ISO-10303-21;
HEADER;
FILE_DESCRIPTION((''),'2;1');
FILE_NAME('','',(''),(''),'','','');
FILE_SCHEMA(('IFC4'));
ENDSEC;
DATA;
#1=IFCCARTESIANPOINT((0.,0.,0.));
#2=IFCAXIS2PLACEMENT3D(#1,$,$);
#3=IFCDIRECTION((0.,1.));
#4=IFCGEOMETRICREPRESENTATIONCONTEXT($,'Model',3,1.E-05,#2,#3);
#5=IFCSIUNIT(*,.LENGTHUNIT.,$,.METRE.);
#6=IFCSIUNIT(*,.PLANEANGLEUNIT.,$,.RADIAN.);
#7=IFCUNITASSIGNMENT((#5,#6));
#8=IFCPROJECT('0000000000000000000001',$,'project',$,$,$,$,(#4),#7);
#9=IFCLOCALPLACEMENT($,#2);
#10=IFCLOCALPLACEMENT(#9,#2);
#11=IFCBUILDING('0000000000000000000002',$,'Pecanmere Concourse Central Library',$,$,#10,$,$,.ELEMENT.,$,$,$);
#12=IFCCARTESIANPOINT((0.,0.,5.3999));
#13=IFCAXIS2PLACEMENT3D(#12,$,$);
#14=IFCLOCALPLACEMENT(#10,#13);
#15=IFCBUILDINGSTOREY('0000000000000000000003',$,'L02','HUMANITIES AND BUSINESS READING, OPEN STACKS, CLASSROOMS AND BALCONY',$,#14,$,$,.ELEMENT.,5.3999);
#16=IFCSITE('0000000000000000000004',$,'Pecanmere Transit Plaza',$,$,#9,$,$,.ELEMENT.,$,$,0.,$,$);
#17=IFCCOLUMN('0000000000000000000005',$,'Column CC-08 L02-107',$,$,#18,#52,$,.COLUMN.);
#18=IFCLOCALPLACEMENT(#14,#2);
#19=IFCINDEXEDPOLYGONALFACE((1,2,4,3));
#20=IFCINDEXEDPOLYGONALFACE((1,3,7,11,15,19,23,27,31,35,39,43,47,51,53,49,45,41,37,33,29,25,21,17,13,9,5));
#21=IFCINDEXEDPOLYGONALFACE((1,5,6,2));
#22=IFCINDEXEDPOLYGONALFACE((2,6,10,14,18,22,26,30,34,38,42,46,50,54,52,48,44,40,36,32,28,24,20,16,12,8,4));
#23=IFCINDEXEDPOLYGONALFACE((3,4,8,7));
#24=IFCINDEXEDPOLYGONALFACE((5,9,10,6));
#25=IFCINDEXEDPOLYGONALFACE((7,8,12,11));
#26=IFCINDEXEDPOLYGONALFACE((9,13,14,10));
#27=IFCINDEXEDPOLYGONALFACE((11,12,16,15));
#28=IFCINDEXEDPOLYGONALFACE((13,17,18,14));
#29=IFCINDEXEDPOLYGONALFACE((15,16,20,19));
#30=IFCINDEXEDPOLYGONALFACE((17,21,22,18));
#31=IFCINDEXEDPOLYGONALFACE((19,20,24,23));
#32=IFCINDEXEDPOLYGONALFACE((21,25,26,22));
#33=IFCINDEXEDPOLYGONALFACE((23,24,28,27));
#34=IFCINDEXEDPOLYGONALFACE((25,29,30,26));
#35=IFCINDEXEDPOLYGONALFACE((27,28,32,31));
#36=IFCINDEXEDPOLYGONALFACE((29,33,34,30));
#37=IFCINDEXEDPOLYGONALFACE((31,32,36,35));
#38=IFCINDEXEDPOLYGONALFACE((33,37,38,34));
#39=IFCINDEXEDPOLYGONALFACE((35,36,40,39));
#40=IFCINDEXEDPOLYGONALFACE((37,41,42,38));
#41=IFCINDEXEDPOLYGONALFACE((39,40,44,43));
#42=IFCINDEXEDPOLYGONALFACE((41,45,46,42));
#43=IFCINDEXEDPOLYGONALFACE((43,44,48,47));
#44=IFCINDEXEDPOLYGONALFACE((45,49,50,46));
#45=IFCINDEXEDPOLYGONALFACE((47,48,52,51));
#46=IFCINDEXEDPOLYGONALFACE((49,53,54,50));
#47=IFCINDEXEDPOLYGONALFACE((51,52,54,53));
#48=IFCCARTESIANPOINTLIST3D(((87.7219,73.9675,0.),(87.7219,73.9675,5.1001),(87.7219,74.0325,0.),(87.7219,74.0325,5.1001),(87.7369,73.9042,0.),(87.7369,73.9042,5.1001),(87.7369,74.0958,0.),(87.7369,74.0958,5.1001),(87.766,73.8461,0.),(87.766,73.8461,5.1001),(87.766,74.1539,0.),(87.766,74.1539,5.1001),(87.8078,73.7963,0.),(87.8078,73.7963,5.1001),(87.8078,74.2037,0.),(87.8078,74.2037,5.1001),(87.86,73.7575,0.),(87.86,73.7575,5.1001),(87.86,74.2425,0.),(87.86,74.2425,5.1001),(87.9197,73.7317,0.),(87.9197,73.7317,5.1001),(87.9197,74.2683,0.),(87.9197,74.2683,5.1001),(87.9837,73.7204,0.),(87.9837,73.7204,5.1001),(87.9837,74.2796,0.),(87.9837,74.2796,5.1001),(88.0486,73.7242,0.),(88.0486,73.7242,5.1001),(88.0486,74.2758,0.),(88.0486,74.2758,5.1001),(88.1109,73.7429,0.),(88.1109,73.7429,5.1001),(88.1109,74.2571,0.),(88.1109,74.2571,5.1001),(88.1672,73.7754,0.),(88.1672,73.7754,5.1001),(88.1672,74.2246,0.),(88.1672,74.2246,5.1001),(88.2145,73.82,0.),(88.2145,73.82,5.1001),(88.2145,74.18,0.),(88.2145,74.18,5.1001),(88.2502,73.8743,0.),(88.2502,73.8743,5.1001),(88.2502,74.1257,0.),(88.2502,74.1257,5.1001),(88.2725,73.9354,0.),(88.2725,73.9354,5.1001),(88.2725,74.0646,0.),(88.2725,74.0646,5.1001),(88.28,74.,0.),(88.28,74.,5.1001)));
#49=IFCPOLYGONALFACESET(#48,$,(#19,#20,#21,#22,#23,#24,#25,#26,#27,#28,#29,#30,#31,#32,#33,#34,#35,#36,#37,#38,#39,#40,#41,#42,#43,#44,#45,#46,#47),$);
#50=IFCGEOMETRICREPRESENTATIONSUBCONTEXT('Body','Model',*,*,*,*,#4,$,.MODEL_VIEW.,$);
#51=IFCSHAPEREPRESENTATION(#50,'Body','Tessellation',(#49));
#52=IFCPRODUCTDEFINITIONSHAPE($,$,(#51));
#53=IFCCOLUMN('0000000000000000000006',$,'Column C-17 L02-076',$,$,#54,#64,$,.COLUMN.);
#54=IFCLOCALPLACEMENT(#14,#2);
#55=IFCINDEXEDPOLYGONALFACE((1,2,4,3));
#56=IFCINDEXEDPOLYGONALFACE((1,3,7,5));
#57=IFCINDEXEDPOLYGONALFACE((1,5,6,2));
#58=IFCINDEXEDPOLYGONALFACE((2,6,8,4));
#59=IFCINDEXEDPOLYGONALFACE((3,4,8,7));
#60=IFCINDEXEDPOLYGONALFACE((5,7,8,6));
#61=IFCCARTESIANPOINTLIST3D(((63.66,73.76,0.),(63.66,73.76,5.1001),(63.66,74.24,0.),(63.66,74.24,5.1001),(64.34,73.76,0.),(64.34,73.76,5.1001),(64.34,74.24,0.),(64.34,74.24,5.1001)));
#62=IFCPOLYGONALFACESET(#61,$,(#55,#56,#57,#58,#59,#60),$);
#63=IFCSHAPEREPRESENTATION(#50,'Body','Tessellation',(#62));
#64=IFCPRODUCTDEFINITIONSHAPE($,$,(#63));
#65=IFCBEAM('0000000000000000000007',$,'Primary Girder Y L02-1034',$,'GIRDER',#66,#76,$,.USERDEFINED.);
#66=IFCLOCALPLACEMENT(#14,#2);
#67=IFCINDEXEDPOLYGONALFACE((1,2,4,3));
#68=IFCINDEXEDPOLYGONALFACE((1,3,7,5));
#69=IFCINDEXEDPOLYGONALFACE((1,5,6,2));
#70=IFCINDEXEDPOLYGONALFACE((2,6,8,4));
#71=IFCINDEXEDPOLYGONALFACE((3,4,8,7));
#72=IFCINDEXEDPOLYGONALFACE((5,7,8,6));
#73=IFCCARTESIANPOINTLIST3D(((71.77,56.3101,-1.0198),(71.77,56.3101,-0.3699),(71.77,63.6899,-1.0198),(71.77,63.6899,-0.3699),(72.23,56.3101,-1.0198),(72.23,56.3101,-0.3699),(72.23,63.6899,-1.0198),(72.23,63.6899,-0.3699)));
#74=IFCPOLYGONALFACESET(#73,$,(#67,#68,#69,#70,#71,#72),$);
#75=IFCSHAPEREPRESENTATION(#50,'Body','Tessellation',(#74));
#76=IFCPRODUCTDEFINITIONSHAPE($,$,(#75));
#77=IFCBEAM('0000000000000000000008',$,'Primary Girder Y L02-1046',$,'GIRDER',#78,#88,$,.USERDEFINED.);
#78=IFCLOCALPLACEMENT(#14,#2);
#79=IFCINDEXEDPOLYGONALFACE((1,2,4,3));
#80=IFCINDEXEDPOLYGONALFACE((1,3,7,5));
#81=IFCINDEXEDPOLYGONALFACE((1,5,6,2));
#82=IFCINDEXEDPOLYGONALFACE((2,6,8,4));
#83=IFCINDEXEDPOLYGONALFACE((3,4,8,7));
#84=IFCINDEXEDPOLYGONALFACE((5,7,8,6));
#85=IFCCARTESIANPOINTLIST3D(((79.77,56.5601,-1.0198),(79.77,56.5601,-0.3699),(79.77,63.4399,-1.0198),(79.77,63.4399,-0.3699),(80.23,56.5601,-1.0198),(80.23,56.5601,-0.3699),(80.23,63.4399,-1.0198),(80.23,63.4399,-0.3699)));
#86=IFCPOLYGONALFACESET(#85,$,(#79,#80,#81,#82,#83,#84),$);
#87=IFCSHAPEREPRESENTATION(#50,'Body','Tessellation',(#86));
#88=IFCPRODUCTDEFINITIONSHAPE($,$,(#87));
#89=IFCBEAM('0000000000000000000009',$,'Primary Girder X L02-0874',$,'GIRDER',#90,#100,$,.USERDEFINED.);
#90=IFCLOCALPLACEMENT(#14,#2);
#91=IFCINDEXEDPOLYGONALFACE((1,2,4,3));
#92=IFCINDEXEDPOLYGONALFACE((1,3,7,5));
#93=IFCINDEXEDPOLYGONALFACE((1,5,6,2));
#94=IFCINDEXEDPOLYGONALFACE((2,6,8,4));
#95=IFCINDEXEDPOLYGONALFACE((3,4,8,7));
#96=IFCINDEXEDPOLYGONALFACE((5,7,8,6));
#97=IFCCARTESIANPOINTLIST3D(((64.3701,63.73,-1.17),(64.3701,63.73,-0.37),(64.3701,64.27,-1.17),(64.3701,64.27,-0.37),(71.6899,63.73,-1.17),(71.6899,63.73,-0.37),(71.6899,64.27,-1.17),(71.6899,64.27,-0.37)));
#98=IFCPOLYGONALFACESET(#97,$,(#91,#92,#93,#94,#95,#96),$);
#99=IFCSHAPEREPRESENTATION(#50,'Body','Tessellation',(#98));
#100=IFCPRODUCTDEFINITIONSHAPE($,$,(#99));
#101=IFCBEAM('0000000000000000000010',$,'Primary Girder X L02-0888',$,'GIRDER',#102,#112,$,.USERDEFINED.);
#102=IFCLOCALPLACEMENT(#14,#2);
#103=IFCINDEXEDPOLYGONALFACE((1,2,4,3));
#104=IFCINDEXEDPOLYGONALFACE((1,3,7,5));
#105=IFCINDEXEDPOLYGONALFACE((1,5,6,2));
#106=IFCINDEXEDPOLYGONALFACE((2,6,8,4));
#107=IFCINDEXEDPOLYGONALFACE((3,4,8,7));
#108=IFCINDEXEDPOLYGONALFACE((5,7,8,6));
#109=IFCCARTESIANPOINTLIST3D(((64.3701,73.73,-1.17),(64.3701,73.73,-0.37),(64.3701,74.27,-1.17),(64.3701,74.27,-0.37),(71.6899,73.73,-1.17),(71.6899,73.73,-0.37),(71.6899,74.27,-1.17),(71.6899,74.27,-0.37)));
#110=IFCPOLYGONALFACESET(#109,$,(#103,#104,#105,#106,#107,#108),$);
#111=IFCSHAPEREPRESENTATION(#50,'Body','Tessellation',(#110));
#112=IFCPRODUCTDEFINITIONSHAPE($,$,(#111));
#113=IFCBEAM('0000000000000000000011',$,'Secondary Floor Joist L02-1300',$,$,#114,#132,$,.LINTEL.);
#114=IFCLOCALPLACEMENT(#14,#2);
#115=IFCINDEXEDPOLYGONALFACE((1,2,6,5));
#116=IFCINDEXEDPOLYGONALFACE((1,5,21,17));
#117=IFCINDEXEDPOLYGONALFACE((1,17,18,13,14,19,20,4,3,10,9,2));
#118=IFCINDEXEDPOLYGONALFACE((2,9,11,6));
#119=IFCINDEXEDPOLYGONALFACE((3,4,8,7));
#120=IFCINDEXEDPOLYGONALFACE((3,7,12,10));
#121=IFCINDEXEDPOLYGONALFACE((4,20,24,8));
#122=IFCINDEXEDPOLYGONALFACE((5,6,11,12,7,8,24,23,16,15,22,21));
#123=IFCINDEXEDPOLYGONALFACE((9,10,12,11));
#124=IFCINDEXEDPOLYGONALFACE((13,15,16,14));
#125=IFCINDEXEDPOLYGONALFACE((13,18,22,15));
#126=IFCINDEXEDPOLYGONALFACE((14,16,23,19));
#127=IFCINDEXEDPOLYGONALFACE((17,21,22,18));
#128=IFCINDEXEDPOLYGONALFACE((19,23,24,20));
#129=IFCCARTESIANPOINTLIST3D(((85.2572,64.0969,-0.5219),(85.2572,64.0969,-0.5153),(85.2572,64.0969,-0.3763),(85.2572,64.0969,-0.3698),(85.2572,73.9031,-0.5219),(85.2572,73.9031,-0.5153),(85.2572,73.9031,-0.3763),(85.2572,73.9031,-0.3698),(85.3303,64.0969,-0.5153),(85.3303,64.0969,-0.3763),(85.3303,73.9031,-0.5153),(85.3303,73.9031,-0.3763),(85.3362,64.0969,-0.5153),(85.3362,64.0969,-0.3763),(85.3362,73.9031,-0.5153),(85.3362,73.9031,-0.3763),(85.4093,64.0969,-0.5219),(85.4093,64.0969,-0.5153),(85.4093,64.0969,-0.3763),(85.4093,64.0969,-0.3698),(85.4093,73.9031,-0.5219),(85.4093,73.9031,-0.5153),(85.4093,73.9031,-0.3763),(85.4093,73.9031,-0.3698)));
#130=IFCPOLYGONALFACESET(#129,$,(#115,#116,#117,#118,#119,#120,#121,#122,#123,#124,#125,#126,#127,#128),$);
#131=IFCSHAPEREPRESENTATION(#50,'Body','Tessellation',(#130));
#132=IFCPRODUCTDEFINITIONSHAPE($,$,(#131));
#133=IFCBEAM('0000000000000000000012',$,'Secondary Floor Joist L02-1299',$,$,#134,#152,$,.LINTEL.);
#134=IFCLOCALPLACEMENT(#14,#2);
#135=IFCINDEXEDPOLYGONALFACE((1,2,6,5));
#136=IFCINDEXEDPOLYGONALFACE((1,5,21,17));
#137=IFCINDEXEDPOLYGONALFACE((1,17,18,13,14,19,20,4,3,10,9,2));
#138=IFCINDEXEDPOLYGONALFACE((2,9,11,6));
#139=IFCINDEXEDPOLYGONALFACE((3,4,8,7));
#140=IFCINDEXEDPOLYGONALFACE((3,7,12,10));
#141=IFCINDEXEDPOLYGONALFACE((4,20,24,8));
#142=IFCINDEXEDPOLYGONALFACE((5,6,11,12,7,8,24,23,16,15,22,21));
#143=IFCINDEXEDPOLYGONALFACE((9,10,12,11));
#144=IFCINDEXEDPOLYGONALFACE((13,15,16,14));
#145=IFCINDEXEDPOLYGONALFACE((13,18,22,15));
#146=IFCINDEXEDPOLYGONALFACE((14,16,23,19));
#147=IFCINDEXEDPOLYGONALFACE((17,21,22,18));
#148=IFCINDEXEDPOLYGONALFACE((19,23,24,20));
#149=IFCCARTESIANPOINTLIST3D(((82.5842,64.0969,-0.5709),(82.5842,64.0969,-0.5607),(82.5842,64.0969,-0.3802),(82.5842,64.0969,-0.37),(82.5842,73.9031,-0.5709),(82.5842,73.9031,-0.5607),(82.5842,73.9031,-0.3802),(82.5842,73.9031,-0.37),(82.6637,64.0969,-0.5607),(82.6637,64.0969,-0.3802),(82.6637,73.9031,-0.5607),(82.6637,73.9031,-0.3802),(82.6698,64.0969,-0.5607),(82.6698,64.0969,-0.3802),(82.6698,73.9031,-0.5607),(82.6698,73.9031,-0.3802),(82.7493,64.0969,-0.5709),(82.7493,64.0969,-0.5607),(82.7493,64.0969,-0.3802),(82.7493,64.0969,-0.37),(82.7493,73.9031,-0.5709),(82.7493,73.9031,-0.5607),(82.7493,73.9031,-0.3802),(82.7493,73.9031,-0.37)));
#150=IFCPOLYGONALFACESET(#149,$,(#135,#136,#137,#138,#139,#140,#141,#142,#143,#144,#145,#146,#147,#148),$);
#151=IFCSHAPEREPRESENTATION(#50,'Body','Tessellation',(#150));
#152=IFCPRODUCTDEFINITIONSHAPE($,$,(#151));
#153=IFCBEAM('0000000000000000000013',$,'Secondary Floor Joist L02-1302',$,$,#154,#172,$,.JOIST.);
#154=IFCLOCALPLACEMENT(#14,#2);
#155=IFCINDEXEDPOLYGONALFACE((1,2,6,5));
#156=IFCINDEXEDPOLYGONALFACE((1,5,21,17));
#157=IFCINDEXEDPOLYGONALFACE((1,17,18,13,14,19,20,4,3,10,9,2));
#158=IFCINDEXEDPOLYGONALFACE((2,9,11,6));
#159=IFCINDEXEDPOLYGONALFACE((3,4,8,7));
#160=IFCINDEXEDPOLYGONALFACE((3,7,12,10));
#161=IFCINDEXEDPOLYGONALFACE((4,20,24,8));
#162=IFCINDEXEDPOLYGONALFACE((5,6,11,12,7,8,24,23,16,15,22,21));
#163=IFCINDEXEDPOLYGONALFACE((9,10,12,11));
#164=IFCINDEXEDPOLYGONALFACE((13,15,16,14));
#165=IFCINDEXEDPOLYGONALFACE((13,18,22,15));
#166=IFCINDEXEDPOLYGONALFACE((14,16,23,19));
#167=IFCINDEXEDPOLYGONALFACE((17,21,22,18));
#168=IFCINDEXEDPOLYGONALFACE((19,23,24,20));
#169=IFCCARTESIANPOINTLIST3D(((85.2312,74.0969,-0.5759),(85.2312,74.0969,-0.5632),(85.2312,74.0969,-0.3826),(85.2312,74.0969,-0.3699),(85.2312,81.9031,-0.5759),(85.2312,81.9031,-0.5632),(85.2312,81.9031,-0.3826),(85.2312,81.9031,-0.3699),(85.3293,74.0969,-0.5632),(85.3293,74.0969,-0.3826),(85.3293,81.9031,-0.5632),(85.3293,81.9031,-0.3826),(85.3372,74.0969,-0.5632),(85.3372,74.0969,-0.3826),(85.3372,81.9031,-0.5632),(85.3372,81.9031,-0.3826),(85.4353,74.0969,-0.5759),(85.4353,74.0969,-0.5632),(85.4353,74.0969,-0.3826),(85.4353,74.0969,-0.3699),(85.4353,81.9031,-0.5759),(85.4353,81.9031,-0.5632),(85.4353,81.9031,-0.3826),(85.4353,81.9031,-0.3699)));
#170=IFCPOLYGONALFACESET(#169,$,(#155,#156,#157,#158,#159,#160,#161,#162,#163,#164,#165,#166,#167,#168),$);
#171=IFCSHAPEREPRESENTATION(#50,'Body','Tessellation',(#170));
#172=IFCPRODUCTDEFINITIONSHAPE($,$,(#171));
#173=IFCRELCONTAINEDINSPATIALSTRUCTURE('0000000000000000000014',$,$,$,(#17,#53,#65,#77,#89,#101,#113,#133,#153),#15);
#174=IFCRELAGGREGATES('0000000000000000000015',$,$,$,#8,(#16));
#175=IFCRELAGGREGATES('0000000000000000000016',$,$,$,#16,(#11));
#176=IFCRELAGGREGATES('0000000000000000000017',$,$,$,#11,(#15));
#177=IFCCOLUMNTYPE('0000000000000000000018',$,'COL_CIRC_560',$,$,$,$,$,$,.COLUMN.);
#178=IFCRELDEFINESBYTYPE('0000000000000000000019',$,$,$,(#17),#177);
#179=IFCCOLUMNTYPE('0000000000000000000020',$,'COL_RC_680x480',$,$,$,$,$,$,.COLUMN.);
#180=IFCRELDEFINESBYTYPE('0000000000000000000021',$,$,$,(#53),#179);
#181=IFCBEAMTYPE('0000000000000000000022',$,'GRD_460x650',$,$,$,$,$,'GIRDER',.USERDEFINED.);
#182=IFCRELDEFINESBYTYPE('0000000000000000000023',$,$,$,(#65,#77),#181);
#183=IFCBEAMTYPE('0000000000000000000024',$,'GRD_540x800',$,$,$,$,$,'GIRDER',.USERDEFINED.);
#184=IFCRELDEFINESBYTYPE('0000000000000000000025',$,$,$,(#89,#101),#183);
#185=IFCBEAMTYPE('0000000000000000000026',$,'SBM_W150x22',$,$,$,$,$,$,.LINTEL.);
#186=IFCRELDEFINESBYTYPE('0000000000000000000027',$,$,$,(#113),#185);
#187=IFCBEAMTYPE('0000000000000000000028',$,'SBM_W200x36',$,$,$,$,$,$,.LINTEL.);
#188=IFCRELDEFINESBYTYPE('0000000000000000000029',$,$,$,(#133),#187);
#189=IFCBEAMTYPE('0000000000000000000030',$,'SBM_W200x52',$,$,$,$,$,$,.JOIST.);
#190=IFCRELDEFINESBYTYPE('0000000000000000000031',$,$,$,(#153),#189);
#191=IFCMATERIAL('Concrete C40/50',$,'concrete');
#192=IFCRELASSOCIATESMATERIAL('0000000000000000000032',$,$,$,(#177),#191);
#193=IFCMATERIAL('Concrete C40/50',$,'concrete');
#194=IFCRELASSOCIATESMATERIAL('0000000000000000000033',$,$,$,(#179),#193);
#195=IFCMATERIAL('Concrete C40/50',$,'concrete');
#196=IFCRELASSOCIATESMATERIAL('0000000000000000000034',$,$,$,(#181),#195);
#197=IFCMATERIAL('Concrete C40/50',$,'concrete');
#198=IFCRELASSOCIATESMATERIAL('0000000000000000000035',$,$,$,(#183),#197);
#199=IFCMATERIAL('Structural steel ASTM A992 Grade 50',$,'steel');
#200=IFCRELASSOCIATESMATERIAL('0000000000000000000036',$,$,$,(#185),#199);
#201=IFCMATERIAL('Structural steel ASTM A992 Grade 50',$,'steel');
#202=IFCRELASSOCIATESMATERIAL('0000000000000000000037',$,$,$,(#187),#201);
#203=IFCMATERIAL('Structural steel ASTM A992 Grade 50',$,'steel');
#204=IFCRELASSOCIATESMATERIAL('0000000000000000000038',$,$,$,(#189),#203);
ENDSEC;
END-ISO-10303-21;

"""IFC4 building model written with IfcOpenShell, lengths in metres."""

from ifc_helpers import new_model, si_unit, direction, frame, origin, origin_2d, place, context, subcontext, project, spatial, rectangle, circle, i_section, extrude, material, material_profile, profile_set, type_object, element, save


model = new_model("IFC4")

# Units and contexts
model_context = context("Model", 3, precision=1e-05, world=origin(), true_north=direction((0.0, 1.0)))
body_context = subcontext(model_context, "Body", "Model", "MODEL_VIEW")
ifc_project = project(units=[si_unit("LENGTHUNIT", "METRE"), si_unit("PLANEANGLEUNIT", "RADIAN")], contexts=[model_context])

# Site, building, storey
site_placement = place(None, origin())
site = spatial("IfcSite", under=ifc_project, at=site_placement, Name="Pecanmere Transit Plaza", CompositionType="ELEMENT", RefElevation=0.0)
building_placement = place(site_placement, origin())
building = spatial("IfcBuilding", under=site, at=building_placement, Name="Pecanmere Concourse Central Library", CompositionType="ELEMENT")
storey_placement = place(building_placement, frame((0.0, 0.0, 5.3999)))
storey = spatial("IfcBuildingStorey", under=building, at=storey_placement, Name="L02", Description="HUMANITIES AND BUSINESS READING, OPEN STACKS, CLASSROOMS AND BALCONY", CompositionType="ELEMENT", Elevation=5.3999)

# Columns
ifc_material_1 = material(Name="Concrete C40/50", Category="concrete")
ifc_material_profile_1 = material_profile(ifc_material_1, circle(Radius=0.28, at=origin_2d()), Name="RC D560")
ifc_profile_set_1 = profile_set([ifc_material_profile_1], Name="Concrete C40/50")
column_type_1 = type_object("IfcColumnType", Name="COL_CIRC_560", PredefinedType="COLUMN", material=ifc_profile_set_1)
for number, where, z_axis, x_axis, name in (
    (1, (88.0, 74.0, 0.0), (0.0, 0.0, 1.0), (1.0, 0.0, 0.0), "Column CC-08 L02-107"),
):
    element("IfcColumn", number, at=place(storey_placement, frame(where, z_axis=z_axis, x_axis=x_axis)), inside=storey, type_object=column_type_1, Name=name, PredefinedType="COLUMN", context=body_context, shape_type="SweptSolid", body=[
        extrude(circle(Radius=0.28, at=origin_2d()), origin(), (0.0, 0.0, 1.0), 5.1001),
    ])
ifc_material_2 = material(Name="Concrete C40/50", Category="concrete")
ifc_material_profile_2 = material_profile(ifc_material_2, rectangle(XDim=0.6799, YDim=0.48, at=origin_2d()), Name="RC 680x480")
ifc_profile_set_2 = profile_set([ifc_material_profile_2], Name="Concrete C40/50")
column_type_2 = type_object("IfcColumnType", Name="COL_RC_680x480", PredefinedType="COLUMN", material=ifc_profile_set_2)
column_placement = place(storey_placement, frame((64.0, 74.0, 0.0), z_axis=(0.0, 0.0, 1.0), x_axis=(1.0, 0.0, 0.0)))
element("IfcColumn", 2, at=column_placement, inside=storey, type_object=column_type_2, Name="Column C-17 L02-076", PredefinedType="COLUMN", context=body_context, shape_type="SweptSolid", body=[
    extrude(rectangle(XDim=0.6799, YDim=0.48, at=origin_2d()), origin(), (0.0, 0.0, 1.0), 5.1001),
])

# Beams
ifc_material_3 = material(Name="Concrete C40/50", Category="concrete")
ifc_material_profile_3 = material_profile(ifc_material_3, rectangle(XDim=0.46, YDim=0.6499, at=origin_2d()), Name="RC 460x650")
ifc_profile_set_3 = profile_set([ifc_material_profile_3], Name="Concrete C40/50")
beam_type_1 = type_object("IfcBeamType", Name="GRD_460x650", ElementType="GIRDER", PredefinedType="USERDEFINED", material=ifc_profile_set_3)
beam_1_placement = place(storey_placement, frame((72.0, 56.3101, -0.6948), z_axis=(0.0, 1.0, 0.0), x_axis=(-1.0, 0.0, 0.0)))
element("IfcBeam", 3, at=beam_1_placement, inside=storey, type_object=beam_type_1, Name="Primary Girder Y L02-1034", ObjectType="GIRDER", PredefinedType="USERDEFINED", context=body_context, shape_type="SweptSolid", body=[
    extrude(rectangle(XDim=0.46, YDim=0.6499, at=origin_2d()), origin(), (0.0, 0.0, 1.0), 7.3799),
])
beam_2_placement = place(storey_placement, frame((80.0, 56.5601, -0.6948), z_axis=(0.0, 1.0, 0.0), x_axis=(-1.0, 0.0, 0.0)))
element("IfcBeam", 4, at=beam_2_placement, inside=storey, type_object=beam_type_1, Name="Primary Girder Y L02-1046", ObjectType="GIRDER", PredefinedType="USERDEFINED", context=body_context, shape_type="SweptSolid", body=[
    extrude(rectangle(XDim=0.46, YDim=0.6499, at=origin_2d()), origin(), (0.0, 0.0, 1.0), 6.8799),
])
ifc_material_4 = material(Name="Concrete C40/50", Category="concrete")
ifc_material_profile_4 = material_profile(ifc_material_4, rectangle(XDim=0.54, YDim=0.8, at=origin_2d()), Name="RC 540x800")
ifc_profile_set_4 = profile_set([ifc_material_profile_4], Name="Concrete C40/50")
beam_type_2 = type_object("IfcBeamType", Name="GRD_540x800", ElementType="GIRDER", PredefinedType="USERDEFINED", material=ifc_profile_set_4)
for number, where, z_axis, x_axis, name in (
    (5, (64.3701, 64.0, -0.77), (1.0, 0.0, 0.0), (0.0, 1.0, 0.0), "Primary Girder X L02-0874"),
    (6, (64.3701, 74.0, -0.77), (1.0, 0.0, 0.0), (0.0, 1.0, 0.0), "Primary Girder X L02-0888"),
):
    element("IfcBeam", number, at=place(storey_placement, frame(where, z_axis=z_axis, x_axis=x_axis)), inside=storey, type_object=beam_type_2, Name=name, ObjectType="GIRDER", PredefinedType="USERDEFINED", context=body_context, shape_type="SweptSolid", body=[
        extrude(rectangle(XDim=0.54, YDim=0.8, at=origin_2d()), origin(), (0.0, 0.0, 1.0), 7.3198),
    ])
ifc_material_5 = material(Name="Structural steel ASTM A992 Grade 50", Category="steel")
ifc_material_profile_5 = material_profile(ifc_material_5, i_section(OverallWidth=0.1521, OverallDepth=0.1521, WebThickness=0.0059, FlangeThickness=0.0066, at=origin_2d()), Name="W150x22.5")
ifc_profile_set_5 = profile_set([ifc_material_profile_5], Name="Structural steel ASTM A992 Grade 50")
beam_type_3 = type_object("IfcBeamType", Name="SBM_W150x22", PredefinedType="LINTEL", material=ifc_profile_set_5)
beam_3_placement = place(storey_placement, frame((85.3333, 64.0969, -0.4458), z_axis=(0.0, 1.0, 0.0), x_axis=(-1.0, 0.0, 0.0)))
element("IfcBeam", 7, at=beam_3_placement, inside=storey, type_object=beam_type_3, Name="Secondary Floor Joist L02-1300", PredefinedType="LINTEL", context=body_context, shape_type="SweptSolid", body=[
    extrude(i_section(OverallWidth=0.1521, OverallDepth=0.1521, WebThickness=0.0059, FlangeThickness=0.0066, at=origin_2d()), origin(), (0.0, 0.0, 1.0), 9.8062),
])
ifc_material_6 = material(Name="Structural steel ASTM A992 Grade 50", Category="steel")
ifc_material_profile_6 = material_profile(ifc_material_6, i_section(OverallWidth=0.165, OverallDepth=0.2009, WebThickness=0.0061, FlangeThickness=0.0103, at=origin_2d()), Name="W200x35.9")
ifc_profile_set_6 = profile_set([ifc_material_profile_6], Name="Structural steel ASTM A992 Grade 50")
beam_type_4 = type_object("IfcBeamType", Name="SBM_W200x36", PredefinedType="LINTEL", material=ifc_profile_set_6)
beam_4_placement = place(storey_placement, frame((82.6667, 64.0969, -0.4705), z_axis=(0.0, 1.0, 0.0), x_axis=(-1.0, 0.0, 0.0)))
element("IfcBeam", 8, at=beam_4_placement, inside=storey, type_object=beam_type_4, Name="Secondary Floor Joist L02-1299", PredefinedType="LINTEL", context=body_context, shape_type="SweptSolid", body=[
    extrude(i_section(OverallWidth=0.165, OverallDepth=0.2009, WebThickness=0.0061, FlangeThickness=0.0103, at=origin_2d()), origin(), (0.0, 0.0, 1.0), 9.8062),
])
ifc_material_7 = material(Name="Structural steel ASTM A992 Grade 50", Category="steel")
ifc_material_profile_7 = material_profile(ifc_material_7, i_section(OverallWidth=0.2041, OverallDepth=0.2061, WebThickness=0.0078, FlangeThickness=0.0127, at=origin_2d()), Name="W200x52")
ifc_profile_set_7 = profile_set([ifc_material_profile_7], Name="Structural steel ASTM A992 Grade 50")
beam_type_5 = type_object("IfcBeamType", Name="SBM_W200x52", PredefinedType="JOIST", material=ifc_profile_set_7)
beam_5_placement = place(storey_placement, frame((85.3333, 74.0969, -0.4729), z_axis=(0.0, 1.0, 0.0), x_axis=(-1.0, 0.0, 0.0)))
element("IfcBeam", 9, at=beam_5_placement, inside=storey, type_object=beam_type_5, Name="Secondary Floor Joist L02-1302", PredefinedType="JOIST", context=body_context, shape_type="SweptSolid", body=[
    extrude(i_section(OverallWidth=0.2041, OverallDepth=0.2061, WebThickness=0.0078, FlangeThickness=0.0127, at=origin_2d()), origin(), (0.0, 0.0, 1.0), 7.8062),
])

save(model, "model.ifc")
